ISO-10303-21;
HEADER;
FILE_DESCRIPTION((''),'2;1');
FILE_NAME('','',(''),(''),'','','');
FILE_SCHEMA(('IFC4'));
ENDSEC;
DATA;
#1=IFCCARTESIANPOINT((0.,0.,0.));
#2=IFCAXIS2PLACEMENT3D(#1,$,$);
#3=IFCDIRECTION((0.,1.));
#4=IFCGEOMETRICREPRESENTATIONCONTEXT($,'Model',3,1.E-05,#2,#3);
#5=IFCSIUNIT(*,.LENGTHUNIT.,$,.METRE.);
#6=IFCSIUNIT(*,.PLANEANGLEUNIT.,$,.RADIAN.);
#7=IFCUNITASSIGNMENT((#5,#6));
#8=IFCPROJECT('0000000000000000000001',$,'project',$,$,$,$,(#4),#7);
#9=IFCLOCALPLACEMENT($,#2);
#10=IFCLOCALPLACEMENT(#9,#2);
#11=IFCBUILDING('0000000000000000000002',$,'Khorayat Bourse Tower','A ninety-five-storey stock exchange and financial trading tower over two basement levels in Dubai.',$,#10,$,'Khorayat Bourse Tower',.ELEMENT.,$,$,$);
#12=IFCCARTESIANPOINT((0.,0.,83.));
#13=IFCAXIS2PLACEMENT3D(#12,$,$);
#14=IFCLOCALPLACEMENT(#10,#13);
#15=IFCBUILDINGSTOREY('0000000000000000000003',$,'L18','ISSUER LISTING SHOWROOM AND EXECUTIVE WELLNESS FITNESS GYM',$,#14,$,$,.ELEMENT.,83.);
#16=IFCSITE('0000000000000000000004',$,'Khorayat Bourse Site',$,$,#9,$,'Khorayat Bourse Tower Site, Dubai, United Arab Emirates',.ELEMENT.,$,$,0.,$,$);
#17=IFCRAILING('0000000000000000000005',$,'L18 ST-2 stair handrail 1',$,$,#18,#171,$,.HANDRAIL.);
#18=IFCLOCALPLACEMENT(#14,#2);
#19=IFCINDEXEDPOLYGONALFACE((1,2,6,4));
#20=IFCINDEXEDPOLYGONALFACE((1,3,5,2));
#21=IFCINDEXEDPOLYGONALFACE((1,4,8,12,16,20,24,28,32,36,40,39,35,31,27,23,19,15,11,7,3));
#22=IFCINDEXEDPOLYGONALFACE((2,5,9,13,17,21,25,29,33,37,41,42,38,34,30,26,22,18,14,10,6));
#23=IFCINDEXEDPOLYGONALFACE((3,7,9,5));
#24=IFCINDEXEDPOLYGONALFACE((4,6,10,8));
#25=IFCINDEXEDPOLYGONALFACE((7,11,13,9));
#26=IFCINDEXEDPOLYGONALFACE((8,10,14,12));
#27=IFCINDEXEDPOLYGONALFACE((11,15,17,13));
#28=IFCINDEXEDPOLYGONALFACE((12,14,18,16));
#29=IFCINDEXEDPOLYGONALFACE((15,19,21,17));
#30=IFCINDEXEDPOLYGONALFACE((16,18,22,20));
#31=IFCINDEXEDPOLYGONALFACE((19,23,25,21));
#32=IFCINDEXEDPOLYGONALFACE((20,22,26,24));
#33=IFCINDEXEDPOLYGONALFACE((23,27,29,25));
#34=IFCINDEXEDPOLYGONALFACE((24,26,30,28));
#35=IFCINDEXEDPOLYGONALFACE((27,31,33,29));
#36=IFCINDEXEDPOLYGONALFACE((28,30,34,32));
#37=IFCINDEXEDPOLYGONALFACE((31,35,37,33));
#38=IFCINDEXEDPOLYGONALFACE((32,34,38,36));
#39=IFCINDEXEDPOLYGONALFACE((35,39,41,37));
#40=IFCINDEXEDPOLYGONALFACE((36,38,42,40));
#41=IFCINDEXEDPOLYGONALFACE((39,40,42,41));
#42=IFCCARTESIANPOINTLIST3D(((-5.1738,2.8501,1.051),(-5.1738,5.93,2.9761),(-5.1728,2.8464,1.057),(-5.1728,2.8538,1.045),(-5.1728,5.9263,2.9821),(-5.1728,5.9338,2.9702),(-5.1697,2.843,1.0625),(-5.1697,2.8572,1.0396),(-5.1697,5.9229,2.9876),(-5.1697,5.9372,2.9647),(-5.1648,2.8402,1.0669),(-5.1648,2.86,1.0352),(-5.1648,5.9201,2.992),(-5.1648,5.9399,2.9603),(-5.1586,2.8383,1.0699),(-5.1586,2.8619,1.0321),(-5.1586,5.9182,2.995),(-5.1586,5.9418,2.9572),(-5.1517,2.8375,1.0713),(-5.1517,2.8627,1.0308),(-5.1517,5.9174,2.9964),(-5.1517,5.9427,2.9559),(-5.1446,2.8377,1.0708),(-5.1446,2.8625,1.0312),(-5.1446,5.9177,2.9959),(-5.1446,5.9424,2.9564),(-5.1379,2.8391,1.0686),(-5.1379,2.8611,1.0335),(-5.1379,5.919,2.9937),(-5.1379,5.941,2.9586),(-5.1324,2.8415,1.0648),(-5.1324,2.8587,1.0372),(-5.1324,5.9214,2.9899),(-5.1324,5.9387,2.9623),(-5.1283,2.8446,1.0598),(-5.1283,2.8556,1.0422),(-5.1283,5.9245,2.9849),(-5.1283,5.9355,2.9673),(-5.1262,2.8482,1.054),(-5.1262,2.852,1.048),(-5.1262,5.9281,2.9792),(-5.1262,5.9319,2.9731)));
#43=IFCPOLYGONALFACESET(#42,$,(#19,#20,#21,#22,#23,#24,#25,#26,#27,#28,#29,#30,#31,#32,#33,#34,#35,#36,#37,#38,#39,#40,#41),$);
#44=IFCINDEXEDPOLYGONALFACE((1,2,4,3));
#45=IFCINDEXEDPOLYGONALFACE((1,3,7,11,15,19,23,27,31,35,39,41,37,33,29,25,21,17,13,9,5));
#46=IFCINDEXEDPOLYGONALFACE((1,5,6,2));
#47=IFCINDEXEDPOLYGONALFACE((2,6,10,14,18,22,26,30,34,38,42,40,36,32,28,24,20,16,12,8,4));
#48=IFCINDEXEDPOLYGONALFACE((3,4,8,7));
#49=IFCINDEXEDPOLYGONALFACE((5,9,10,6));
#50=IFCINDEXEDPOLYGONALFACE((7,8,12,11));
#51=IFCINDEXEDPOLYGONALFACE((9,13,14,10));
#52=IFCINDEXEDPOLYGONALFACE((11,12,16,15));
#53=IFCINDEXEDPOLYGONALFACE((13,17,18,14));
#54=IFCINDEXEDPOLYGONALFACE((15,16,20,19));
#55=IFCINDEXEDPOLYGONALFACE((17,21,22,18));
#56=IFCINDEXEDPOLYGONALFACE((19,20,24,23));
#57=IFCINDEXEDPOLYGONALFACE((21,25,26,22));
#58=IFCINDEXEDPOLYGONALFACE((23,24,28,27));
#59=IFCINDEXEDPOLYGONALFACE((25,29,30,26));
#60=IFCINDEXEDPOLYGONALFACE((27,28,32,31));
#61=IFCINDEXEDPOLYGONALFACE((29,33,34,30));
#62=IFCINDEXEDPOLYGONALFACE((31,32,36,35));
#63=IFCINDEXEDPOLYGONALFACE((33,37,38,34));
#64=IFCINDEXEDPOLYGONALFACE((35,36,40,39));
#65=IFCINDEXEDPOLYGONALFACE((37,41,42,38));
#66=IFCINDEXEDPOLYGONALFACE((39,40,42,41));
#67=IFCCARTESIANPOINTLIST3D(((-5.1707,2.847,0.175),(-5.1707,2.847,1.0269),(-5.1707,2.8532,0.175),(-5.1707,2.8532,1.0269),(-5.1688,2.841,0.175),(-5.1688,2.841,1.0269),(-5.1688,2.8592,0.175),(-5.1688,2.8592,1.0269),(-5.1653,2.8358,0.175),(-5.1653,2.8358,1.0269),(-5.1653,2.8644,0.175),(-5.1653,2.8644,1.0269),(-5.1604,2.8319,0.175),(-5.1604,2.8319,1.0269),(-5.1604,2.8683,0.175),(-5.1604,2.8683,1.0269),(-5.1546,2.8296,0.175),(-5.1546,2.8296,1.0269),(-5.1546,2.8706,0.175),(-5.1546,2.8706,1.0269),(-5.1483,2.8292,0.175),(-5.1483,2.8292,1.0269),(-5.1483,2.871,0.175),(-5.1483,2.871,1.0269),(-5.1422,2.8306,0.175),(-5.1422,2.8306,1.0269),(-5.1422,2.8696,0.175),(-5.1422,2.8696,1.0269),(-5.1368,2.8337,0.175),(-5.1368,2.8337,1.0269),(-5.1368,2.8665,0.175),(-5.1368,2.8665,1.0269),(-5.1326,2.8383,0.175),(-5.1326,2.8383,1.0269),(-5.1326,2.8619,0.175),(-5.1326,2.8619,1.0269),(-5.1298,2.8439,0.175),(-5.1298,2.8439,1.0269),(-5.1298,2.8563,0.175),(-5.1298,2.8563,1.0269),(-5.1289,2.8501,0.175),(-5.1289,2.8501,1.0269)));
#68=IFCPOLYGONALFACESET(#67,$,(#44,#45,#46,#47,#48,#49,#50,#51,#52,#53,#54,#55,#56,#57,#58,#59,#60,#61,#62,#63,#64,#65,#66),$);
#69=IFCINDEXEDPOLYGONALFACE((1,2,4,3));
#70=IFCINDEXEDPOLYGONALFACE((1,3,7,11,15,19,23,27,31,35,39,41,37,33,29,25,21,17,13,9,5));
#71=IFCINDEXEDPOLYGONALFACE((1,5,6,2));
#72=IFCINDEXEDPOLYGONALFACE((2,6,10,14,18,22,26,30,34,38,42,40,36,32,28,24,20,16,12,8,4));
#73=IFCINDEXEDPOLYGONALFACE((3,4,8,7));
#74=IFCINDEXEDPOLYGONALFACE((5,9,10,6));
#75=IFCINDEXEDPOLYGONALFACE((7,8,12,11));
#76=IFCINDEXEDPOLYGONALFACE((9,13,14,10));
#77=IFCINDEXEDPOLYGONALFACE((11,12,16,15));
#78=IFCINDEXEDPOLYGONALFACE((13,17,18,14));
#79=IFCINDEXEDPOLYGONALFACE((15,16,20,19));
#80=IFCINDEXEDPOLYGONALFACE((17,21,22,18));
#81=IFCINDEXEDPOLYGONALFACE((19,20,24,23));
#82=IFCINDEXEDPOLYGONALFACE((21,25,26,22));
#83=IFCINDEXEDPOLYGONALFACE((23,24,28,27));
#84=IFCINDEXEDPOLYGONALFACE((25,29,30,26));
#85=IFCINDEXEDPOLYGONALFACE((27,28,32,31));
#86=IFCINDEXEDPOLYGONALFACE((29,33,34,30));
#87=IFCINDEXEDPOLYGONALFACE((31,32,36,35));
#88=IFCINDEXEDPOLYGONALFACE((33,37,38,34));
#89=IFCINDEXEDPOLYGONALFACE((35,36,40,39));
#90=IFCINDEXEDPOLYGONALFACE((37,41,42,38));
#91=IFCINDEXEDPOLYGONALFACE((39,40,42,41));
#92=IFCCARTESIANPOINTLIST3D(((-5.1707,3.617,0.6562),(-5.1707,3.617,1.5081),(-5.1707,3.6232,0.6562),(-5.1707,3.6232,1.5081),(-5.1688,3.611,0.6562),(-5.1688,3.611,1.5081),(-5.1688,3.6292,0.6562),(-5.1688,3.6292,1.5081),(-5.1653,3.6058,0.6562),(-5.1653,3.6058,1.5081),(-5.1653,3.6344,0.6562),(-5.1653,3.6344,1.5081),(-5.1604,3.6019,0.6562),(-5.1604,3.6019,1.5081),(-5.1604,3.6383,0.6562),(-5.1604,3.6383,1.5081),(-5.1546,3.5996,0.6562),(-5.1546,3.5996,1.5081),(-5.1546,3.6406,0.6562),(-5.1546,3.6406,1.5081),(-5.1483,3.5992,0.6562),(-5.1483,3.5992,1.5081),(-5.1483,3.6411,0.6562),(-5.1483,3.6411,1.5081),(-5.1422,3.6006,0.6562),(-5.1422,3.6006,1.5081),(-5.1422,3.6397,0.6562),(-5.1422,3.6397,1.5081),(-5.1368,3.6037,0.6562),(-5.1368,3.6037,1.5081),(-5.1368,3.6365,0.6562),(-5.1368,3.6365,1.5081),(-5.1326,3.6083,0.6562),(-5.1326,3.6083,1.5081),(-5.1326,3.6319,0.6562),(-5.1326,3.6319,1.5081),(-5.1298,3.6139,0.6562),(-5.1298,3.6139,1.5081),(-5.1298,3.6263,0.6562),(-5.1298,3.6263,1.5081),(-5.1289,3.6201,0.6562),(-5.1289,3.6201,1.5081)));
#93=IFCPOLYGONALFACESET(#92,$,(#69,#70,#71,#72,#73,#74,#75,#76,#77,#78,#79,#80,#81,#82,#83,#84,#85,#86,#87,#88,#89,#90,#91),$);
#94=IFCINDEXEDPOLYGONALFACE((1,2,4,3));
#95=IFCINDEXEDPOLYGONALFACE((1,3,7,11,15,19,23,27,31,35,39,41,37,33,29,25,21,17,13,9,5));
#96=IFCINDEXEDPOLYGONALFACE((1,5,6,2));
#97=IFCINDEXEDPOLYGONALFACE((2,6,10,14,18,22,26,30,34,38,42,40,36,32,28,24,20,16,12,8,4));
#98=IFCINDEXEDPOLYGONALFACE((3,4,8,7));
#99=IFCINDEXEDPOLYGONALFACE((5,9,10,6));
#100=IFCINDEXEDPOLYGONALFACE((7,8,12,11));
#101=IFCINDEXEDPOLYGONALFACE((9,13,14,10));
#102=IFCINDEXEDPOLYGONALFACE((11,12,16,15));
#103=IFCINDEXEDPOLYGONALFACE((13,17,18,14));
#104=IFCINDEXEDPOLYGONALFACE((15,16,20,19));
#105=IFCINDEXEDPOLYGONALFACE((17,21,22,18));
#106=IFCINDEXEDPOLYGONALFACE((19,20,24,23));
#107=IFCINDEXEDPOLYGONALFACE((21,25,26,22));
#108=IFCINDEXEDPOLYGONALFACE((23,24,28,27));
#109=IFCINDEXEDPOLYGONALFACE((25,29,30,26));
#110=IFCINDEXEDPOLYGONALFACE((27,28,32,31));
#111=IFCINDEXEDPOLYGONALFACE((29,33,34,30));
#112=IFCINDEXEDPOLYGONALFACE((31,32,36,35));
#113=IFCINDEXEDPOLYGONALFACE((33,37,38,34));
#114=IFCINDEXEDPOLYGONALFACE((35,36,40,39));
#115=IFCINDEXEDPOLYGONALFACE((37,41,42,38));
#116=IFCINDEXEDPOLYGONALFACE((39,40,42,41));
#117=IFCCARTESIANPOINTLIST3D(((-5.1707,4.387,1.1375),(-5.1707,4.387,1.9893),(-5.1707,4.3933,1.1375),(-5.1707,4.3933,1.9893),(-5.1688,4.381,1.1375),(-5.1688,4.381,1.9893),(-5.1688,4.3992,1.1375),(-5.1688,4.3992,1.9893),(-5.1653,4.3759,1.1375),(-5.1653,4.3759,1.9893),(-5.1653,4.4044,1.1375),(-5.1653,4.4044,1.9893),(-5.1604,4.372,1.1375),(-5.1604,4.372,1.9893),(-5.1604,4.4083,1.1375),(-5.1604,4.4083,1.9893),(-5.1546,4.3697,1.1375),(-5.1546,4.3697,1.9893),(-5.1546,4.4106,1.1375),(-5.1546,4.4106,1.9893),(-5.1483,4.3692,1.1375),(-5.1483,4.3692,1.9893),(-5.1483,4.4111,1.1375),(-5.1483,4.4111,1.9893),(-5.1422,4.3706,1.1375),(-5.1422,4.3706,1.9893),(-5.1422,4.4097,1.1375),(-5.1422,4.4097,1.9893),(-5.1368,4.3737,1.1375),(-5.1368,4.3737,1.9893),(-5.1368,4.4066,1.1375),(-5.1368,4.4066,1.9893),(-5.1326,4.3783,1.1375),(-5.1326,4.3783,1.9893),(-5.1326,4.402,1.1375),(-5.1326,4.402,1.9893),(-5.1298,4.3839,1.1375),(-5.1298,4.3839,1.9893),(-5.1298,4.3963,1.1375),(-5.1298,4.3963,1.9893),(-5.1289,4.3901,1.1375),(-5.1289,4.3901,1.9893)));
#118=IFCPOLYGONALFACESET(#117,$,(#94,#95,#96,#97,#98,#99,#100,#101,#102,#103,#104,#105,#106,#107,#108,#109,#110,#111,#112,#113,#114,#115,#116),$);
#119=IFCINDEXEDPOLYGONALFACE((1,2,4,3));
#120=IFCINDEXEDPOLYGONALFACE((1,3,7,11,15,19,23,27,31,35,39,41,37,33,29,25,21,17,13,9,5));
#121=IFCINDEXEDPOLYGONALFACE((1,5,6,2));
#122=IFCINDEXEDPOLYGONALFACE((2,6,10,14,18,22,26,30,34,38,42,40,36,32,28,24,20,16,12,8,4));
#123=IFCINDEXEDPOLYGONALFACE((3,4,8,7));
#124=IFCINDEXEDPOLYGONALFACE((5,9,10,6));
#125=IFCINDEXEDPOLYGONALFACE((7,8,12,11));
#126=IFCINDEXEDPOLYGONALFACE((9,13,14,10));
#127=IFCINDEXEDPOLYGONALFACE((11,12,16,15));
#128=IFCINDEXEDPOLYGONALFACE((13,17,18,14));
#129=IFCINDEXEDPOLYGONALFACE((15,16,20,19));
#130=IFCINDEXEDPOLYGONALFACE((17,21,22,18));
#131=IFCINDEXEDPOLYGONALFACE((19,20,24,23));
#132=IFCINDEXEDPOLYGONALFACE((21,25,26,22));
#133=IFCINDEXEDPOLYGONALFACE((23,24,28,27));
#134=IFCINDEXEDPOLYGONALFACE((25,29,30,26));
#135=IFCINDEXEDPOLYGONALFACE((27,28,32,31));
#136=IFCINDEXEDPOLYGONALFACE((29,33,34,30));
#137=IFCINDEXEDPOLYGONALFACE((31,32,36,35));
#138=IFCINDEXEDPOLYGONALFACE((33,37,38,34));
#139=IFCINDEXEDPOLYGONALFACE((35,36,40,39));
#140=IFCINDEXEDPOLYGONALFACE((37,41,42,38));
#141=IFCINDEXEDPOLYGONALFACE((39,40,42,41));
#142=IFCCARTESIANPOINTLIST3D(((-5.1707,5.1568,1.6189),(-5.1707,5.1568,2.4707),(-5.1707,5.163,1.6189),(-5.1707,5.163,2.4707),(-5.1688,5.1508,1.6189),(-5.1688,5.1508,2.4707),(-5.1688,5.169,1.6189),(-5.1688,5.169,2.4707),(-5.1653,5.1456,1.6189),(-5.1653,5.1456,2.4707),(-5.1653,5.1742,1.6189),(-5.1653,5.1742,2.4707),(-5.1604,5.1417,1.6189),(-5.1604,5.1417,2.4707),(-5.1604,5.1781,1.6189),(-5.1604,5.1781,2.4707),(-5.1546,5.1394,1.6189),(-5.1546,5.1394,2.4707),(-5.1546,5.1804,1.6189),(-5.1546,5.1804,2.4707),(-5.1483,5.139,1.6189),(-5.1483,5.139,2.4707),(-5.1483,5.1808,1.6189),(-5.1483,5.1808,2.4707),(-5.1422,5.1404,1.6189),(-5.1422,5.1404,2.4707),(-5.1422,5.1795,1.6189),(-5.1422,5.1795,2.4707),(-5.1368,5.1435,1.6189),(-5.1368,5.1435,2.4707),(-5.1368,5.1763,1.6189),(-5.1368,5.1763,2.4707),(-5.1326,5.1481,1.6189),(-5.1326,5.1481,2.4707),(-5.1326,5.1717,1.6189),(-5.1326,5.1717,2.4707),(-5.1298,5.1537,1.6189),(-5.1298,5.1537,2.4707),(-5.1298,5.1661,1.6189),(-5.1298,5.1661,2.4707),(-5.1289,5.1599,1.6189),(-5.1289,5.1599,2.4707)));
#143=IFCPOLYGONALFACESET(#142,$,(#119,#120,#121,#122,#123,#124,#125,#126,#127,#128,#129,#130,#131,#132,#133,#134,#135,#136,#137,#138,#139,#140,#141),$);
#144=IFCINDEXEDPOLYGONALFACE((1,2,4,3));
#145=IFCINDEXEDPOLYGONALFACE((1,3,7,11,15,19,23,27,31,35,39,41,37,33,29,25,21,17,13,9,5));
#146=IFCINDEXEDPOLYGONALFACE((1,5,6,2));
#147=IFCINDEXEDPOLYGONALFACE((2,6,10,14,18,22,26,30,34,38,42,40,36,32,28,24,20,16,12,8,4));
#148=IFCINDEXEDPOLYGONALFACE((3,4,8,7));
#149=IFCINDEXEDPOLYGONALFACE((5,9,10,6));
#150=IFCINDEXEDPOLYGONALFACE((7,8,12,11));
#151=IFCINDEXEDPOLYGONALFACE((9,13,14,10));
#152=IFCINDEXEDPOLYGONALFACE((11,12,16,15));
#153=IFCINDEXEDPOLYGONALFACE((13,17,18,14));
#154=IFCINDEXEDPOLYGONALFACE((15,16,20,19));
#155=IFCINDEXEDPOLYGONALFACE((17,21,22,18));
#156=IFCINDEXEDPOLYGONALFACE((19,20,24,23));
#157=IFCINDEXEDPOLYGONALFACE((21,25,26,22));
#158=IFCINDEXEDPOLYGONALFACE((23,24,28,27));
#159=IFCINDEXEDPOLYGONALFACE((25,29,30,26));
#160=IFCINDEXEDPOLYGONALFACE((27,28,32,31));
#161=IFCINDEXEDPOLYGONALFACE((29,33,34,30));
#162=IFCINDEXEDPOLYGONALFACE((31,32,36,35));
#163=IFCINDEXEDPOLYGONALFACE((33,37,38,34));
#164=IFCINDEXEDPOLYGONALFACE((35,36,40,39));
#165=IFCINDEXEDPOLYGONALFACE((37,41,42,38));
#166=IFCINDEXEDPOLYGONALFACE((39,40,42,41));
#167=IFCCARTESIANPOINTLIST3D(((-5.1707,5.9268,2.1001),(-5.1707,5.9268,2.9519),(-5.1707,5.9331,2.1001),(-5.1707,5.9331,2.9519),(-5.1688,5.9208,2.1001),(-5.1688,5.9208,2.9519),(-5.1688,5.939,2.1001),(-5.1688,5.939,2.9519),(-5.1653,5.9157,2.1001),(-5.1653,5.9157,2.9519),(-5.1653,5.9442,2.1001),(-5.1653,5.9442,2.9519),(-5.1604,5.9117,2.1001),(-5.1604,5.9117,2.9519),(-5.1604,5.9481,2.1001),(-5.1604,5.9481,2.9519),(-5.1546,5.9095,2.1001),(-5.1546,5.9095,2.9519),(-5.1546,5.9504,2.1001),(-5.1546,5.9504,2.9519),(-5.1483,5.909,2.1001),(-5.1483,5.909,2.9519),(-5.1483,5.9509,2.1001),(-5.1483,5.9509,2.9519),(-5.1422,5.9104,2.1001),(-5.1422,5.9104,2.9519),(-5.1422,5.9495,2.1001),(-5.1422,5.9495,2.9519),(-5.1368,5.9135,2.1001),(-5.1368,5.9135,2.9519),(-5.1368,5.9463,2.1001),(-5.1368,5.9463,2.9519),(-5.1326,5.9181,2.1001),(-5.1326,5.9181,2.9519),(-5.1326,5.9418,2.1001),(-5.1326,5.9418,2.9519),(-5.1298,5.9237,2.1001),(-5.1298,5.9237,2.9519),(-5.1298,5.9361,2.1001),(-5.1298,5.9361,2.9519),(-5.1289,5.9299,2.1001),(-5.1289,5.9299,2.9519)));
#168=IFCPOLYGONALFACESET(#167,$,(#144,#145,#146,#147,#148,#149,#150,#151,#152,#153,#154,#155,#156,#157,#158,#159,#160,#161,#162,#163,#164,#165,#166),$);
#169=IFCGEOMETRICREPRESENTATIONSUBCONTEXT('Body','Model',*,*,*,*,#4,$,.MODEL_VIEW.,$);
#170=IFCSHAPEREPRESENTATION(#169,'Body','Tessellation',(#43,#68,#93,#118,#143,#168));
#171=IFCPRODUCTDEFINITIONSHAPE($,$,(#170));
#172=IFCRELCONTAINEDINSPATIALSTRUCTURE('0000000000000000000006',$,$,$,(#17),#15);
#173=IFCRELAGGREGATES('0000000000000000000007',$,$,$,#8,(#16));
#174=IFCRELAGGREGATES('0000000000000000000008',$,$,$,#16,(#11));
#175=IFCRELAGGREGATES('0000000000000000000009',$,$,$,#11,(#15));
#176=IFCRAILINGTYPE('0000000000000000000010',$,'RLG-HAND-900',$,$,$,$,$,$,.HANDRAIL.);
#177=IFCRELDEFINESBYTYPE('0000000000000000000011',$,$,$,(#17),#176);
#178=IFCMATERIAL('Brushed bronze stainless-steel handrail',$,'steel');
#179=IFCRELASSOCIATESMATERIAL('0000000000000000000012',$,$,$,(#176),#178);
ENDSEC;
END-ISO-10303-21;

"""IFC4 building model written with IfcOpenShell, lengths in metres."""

from ifc_helpers import new_model, si_unit, direction, frame, origin, origin_2d, place, context, subcontext, project, spatial, circle, extrude, source, transform, mapped, material, type_object, element, save


model = new_model("IFC4")

# Units and contexts
model_context = context("Model", 3, precision=1e-05, world=origin(), true_north=direction((0.0, 1.0)))
body_context = subcontext(model_context, "Body", "Model", "MODEL_VIEW")
ifc_project = project(units=[si_unit("LENGTHUNIT", "METRE"), si_unit("PLANEANGLEUNIT", "RADIAN")], contexts=[model_context])

# Site, building, storey
site_placement = place(None, origin())
site = spatial("IfcSite", under=ifc_project, at=site_placement, Name="Khorayat Bourse Site", LongName="Khorayat Bourse Tower Site, Dubai, United Arab Emirates", CompositionType="ELEMENT", RefElevation=0.0)
building_placement = place(site_placement, origin())
building = spatial("IfcBuilding", under=site, at=building_placement, Name="Khorayat Bourse Tower", Description="A ninety-five-storey stock exchange and financial trading tower over two basement levels in Dubai.", LongName="Khorayat Bourse Tower", CompositionType="ELEMENT")
storey_placement = place(building_placement, frame((0.0, 0.0, 83.0)))
storey = spatial("IfcBuildingStorey", under=building, at=storey_placement, Name="L18", Description="ISSUER LISTING SHOWROOM AND EXECUTIVE WELLNESS FITNESS GYM", CompositionType="ELEMENT", Elevation=83.0)

# Railing
ifc_material_1 = material(Name="Brushed bronze stainless-steel handrail", Category="steel")
railing_type_1 = type_object("IfcRailingType", Name="RLG-HAND-900", PredefinedType="HANDRAIL", material=ifc_material_1)
shared_shape_1 = source(origin(), body_context, "Body", "SweptSolid", [
    extrude(circle(Radius=0.0239, at=origin_2d()), frame((0.0, 0.0, 0.876), z_axis=(0.0, 0.847979, 0.530029), x_axis=(-1.0, 0.0, 0.0)), (0.0, 0.0, 1.0), 3.6321),
    extrude(circle(Radius=0.021, at=origin_2d()), origin(), (0.0, 0.0, 1.0), 0.8518),
    extrude(circle(Radius=0.021, at=origin_2d()), frame((0.0, 0.77, 0.4812)), (0.0, 0.0, 1.0), 0.8518),
    extrude(circle(Radius=0.021, at=origin_2d()), frame((0.0, 1.54, 0.9624)), (0.0, 0.0, 1.0), 0.8518),
    extrude(circle(Radius=0.021, at=origin_2d()), frame((0.0, 2.3098, 1.4438)), (0.0, 0.0, 1.0), 0.8518),
    extrude(circle(Radius=0.021, at=origin_2d()), frame((0.0, 3.0798, 1.925)), (0.0, 0.0, 1.0), 0.8518),
])
railing_1_placement = place(storey_placement, frame((-5.1499, 2.8501, 0.175)))
element("IfcRailing", 1, at=railing_1_placement, inside=storey, type_object=railing_type_1, Name="L18 ST-2 stair handrail 1", PredefinedType="HANDRAIL", context=body_context, shape_type="MappedRepresentation", body=[
    mapped(shared_shape_1, transform((0.0, 0.0, 0.0), scale=1.0)),
])

save(model, "model.ifc")
